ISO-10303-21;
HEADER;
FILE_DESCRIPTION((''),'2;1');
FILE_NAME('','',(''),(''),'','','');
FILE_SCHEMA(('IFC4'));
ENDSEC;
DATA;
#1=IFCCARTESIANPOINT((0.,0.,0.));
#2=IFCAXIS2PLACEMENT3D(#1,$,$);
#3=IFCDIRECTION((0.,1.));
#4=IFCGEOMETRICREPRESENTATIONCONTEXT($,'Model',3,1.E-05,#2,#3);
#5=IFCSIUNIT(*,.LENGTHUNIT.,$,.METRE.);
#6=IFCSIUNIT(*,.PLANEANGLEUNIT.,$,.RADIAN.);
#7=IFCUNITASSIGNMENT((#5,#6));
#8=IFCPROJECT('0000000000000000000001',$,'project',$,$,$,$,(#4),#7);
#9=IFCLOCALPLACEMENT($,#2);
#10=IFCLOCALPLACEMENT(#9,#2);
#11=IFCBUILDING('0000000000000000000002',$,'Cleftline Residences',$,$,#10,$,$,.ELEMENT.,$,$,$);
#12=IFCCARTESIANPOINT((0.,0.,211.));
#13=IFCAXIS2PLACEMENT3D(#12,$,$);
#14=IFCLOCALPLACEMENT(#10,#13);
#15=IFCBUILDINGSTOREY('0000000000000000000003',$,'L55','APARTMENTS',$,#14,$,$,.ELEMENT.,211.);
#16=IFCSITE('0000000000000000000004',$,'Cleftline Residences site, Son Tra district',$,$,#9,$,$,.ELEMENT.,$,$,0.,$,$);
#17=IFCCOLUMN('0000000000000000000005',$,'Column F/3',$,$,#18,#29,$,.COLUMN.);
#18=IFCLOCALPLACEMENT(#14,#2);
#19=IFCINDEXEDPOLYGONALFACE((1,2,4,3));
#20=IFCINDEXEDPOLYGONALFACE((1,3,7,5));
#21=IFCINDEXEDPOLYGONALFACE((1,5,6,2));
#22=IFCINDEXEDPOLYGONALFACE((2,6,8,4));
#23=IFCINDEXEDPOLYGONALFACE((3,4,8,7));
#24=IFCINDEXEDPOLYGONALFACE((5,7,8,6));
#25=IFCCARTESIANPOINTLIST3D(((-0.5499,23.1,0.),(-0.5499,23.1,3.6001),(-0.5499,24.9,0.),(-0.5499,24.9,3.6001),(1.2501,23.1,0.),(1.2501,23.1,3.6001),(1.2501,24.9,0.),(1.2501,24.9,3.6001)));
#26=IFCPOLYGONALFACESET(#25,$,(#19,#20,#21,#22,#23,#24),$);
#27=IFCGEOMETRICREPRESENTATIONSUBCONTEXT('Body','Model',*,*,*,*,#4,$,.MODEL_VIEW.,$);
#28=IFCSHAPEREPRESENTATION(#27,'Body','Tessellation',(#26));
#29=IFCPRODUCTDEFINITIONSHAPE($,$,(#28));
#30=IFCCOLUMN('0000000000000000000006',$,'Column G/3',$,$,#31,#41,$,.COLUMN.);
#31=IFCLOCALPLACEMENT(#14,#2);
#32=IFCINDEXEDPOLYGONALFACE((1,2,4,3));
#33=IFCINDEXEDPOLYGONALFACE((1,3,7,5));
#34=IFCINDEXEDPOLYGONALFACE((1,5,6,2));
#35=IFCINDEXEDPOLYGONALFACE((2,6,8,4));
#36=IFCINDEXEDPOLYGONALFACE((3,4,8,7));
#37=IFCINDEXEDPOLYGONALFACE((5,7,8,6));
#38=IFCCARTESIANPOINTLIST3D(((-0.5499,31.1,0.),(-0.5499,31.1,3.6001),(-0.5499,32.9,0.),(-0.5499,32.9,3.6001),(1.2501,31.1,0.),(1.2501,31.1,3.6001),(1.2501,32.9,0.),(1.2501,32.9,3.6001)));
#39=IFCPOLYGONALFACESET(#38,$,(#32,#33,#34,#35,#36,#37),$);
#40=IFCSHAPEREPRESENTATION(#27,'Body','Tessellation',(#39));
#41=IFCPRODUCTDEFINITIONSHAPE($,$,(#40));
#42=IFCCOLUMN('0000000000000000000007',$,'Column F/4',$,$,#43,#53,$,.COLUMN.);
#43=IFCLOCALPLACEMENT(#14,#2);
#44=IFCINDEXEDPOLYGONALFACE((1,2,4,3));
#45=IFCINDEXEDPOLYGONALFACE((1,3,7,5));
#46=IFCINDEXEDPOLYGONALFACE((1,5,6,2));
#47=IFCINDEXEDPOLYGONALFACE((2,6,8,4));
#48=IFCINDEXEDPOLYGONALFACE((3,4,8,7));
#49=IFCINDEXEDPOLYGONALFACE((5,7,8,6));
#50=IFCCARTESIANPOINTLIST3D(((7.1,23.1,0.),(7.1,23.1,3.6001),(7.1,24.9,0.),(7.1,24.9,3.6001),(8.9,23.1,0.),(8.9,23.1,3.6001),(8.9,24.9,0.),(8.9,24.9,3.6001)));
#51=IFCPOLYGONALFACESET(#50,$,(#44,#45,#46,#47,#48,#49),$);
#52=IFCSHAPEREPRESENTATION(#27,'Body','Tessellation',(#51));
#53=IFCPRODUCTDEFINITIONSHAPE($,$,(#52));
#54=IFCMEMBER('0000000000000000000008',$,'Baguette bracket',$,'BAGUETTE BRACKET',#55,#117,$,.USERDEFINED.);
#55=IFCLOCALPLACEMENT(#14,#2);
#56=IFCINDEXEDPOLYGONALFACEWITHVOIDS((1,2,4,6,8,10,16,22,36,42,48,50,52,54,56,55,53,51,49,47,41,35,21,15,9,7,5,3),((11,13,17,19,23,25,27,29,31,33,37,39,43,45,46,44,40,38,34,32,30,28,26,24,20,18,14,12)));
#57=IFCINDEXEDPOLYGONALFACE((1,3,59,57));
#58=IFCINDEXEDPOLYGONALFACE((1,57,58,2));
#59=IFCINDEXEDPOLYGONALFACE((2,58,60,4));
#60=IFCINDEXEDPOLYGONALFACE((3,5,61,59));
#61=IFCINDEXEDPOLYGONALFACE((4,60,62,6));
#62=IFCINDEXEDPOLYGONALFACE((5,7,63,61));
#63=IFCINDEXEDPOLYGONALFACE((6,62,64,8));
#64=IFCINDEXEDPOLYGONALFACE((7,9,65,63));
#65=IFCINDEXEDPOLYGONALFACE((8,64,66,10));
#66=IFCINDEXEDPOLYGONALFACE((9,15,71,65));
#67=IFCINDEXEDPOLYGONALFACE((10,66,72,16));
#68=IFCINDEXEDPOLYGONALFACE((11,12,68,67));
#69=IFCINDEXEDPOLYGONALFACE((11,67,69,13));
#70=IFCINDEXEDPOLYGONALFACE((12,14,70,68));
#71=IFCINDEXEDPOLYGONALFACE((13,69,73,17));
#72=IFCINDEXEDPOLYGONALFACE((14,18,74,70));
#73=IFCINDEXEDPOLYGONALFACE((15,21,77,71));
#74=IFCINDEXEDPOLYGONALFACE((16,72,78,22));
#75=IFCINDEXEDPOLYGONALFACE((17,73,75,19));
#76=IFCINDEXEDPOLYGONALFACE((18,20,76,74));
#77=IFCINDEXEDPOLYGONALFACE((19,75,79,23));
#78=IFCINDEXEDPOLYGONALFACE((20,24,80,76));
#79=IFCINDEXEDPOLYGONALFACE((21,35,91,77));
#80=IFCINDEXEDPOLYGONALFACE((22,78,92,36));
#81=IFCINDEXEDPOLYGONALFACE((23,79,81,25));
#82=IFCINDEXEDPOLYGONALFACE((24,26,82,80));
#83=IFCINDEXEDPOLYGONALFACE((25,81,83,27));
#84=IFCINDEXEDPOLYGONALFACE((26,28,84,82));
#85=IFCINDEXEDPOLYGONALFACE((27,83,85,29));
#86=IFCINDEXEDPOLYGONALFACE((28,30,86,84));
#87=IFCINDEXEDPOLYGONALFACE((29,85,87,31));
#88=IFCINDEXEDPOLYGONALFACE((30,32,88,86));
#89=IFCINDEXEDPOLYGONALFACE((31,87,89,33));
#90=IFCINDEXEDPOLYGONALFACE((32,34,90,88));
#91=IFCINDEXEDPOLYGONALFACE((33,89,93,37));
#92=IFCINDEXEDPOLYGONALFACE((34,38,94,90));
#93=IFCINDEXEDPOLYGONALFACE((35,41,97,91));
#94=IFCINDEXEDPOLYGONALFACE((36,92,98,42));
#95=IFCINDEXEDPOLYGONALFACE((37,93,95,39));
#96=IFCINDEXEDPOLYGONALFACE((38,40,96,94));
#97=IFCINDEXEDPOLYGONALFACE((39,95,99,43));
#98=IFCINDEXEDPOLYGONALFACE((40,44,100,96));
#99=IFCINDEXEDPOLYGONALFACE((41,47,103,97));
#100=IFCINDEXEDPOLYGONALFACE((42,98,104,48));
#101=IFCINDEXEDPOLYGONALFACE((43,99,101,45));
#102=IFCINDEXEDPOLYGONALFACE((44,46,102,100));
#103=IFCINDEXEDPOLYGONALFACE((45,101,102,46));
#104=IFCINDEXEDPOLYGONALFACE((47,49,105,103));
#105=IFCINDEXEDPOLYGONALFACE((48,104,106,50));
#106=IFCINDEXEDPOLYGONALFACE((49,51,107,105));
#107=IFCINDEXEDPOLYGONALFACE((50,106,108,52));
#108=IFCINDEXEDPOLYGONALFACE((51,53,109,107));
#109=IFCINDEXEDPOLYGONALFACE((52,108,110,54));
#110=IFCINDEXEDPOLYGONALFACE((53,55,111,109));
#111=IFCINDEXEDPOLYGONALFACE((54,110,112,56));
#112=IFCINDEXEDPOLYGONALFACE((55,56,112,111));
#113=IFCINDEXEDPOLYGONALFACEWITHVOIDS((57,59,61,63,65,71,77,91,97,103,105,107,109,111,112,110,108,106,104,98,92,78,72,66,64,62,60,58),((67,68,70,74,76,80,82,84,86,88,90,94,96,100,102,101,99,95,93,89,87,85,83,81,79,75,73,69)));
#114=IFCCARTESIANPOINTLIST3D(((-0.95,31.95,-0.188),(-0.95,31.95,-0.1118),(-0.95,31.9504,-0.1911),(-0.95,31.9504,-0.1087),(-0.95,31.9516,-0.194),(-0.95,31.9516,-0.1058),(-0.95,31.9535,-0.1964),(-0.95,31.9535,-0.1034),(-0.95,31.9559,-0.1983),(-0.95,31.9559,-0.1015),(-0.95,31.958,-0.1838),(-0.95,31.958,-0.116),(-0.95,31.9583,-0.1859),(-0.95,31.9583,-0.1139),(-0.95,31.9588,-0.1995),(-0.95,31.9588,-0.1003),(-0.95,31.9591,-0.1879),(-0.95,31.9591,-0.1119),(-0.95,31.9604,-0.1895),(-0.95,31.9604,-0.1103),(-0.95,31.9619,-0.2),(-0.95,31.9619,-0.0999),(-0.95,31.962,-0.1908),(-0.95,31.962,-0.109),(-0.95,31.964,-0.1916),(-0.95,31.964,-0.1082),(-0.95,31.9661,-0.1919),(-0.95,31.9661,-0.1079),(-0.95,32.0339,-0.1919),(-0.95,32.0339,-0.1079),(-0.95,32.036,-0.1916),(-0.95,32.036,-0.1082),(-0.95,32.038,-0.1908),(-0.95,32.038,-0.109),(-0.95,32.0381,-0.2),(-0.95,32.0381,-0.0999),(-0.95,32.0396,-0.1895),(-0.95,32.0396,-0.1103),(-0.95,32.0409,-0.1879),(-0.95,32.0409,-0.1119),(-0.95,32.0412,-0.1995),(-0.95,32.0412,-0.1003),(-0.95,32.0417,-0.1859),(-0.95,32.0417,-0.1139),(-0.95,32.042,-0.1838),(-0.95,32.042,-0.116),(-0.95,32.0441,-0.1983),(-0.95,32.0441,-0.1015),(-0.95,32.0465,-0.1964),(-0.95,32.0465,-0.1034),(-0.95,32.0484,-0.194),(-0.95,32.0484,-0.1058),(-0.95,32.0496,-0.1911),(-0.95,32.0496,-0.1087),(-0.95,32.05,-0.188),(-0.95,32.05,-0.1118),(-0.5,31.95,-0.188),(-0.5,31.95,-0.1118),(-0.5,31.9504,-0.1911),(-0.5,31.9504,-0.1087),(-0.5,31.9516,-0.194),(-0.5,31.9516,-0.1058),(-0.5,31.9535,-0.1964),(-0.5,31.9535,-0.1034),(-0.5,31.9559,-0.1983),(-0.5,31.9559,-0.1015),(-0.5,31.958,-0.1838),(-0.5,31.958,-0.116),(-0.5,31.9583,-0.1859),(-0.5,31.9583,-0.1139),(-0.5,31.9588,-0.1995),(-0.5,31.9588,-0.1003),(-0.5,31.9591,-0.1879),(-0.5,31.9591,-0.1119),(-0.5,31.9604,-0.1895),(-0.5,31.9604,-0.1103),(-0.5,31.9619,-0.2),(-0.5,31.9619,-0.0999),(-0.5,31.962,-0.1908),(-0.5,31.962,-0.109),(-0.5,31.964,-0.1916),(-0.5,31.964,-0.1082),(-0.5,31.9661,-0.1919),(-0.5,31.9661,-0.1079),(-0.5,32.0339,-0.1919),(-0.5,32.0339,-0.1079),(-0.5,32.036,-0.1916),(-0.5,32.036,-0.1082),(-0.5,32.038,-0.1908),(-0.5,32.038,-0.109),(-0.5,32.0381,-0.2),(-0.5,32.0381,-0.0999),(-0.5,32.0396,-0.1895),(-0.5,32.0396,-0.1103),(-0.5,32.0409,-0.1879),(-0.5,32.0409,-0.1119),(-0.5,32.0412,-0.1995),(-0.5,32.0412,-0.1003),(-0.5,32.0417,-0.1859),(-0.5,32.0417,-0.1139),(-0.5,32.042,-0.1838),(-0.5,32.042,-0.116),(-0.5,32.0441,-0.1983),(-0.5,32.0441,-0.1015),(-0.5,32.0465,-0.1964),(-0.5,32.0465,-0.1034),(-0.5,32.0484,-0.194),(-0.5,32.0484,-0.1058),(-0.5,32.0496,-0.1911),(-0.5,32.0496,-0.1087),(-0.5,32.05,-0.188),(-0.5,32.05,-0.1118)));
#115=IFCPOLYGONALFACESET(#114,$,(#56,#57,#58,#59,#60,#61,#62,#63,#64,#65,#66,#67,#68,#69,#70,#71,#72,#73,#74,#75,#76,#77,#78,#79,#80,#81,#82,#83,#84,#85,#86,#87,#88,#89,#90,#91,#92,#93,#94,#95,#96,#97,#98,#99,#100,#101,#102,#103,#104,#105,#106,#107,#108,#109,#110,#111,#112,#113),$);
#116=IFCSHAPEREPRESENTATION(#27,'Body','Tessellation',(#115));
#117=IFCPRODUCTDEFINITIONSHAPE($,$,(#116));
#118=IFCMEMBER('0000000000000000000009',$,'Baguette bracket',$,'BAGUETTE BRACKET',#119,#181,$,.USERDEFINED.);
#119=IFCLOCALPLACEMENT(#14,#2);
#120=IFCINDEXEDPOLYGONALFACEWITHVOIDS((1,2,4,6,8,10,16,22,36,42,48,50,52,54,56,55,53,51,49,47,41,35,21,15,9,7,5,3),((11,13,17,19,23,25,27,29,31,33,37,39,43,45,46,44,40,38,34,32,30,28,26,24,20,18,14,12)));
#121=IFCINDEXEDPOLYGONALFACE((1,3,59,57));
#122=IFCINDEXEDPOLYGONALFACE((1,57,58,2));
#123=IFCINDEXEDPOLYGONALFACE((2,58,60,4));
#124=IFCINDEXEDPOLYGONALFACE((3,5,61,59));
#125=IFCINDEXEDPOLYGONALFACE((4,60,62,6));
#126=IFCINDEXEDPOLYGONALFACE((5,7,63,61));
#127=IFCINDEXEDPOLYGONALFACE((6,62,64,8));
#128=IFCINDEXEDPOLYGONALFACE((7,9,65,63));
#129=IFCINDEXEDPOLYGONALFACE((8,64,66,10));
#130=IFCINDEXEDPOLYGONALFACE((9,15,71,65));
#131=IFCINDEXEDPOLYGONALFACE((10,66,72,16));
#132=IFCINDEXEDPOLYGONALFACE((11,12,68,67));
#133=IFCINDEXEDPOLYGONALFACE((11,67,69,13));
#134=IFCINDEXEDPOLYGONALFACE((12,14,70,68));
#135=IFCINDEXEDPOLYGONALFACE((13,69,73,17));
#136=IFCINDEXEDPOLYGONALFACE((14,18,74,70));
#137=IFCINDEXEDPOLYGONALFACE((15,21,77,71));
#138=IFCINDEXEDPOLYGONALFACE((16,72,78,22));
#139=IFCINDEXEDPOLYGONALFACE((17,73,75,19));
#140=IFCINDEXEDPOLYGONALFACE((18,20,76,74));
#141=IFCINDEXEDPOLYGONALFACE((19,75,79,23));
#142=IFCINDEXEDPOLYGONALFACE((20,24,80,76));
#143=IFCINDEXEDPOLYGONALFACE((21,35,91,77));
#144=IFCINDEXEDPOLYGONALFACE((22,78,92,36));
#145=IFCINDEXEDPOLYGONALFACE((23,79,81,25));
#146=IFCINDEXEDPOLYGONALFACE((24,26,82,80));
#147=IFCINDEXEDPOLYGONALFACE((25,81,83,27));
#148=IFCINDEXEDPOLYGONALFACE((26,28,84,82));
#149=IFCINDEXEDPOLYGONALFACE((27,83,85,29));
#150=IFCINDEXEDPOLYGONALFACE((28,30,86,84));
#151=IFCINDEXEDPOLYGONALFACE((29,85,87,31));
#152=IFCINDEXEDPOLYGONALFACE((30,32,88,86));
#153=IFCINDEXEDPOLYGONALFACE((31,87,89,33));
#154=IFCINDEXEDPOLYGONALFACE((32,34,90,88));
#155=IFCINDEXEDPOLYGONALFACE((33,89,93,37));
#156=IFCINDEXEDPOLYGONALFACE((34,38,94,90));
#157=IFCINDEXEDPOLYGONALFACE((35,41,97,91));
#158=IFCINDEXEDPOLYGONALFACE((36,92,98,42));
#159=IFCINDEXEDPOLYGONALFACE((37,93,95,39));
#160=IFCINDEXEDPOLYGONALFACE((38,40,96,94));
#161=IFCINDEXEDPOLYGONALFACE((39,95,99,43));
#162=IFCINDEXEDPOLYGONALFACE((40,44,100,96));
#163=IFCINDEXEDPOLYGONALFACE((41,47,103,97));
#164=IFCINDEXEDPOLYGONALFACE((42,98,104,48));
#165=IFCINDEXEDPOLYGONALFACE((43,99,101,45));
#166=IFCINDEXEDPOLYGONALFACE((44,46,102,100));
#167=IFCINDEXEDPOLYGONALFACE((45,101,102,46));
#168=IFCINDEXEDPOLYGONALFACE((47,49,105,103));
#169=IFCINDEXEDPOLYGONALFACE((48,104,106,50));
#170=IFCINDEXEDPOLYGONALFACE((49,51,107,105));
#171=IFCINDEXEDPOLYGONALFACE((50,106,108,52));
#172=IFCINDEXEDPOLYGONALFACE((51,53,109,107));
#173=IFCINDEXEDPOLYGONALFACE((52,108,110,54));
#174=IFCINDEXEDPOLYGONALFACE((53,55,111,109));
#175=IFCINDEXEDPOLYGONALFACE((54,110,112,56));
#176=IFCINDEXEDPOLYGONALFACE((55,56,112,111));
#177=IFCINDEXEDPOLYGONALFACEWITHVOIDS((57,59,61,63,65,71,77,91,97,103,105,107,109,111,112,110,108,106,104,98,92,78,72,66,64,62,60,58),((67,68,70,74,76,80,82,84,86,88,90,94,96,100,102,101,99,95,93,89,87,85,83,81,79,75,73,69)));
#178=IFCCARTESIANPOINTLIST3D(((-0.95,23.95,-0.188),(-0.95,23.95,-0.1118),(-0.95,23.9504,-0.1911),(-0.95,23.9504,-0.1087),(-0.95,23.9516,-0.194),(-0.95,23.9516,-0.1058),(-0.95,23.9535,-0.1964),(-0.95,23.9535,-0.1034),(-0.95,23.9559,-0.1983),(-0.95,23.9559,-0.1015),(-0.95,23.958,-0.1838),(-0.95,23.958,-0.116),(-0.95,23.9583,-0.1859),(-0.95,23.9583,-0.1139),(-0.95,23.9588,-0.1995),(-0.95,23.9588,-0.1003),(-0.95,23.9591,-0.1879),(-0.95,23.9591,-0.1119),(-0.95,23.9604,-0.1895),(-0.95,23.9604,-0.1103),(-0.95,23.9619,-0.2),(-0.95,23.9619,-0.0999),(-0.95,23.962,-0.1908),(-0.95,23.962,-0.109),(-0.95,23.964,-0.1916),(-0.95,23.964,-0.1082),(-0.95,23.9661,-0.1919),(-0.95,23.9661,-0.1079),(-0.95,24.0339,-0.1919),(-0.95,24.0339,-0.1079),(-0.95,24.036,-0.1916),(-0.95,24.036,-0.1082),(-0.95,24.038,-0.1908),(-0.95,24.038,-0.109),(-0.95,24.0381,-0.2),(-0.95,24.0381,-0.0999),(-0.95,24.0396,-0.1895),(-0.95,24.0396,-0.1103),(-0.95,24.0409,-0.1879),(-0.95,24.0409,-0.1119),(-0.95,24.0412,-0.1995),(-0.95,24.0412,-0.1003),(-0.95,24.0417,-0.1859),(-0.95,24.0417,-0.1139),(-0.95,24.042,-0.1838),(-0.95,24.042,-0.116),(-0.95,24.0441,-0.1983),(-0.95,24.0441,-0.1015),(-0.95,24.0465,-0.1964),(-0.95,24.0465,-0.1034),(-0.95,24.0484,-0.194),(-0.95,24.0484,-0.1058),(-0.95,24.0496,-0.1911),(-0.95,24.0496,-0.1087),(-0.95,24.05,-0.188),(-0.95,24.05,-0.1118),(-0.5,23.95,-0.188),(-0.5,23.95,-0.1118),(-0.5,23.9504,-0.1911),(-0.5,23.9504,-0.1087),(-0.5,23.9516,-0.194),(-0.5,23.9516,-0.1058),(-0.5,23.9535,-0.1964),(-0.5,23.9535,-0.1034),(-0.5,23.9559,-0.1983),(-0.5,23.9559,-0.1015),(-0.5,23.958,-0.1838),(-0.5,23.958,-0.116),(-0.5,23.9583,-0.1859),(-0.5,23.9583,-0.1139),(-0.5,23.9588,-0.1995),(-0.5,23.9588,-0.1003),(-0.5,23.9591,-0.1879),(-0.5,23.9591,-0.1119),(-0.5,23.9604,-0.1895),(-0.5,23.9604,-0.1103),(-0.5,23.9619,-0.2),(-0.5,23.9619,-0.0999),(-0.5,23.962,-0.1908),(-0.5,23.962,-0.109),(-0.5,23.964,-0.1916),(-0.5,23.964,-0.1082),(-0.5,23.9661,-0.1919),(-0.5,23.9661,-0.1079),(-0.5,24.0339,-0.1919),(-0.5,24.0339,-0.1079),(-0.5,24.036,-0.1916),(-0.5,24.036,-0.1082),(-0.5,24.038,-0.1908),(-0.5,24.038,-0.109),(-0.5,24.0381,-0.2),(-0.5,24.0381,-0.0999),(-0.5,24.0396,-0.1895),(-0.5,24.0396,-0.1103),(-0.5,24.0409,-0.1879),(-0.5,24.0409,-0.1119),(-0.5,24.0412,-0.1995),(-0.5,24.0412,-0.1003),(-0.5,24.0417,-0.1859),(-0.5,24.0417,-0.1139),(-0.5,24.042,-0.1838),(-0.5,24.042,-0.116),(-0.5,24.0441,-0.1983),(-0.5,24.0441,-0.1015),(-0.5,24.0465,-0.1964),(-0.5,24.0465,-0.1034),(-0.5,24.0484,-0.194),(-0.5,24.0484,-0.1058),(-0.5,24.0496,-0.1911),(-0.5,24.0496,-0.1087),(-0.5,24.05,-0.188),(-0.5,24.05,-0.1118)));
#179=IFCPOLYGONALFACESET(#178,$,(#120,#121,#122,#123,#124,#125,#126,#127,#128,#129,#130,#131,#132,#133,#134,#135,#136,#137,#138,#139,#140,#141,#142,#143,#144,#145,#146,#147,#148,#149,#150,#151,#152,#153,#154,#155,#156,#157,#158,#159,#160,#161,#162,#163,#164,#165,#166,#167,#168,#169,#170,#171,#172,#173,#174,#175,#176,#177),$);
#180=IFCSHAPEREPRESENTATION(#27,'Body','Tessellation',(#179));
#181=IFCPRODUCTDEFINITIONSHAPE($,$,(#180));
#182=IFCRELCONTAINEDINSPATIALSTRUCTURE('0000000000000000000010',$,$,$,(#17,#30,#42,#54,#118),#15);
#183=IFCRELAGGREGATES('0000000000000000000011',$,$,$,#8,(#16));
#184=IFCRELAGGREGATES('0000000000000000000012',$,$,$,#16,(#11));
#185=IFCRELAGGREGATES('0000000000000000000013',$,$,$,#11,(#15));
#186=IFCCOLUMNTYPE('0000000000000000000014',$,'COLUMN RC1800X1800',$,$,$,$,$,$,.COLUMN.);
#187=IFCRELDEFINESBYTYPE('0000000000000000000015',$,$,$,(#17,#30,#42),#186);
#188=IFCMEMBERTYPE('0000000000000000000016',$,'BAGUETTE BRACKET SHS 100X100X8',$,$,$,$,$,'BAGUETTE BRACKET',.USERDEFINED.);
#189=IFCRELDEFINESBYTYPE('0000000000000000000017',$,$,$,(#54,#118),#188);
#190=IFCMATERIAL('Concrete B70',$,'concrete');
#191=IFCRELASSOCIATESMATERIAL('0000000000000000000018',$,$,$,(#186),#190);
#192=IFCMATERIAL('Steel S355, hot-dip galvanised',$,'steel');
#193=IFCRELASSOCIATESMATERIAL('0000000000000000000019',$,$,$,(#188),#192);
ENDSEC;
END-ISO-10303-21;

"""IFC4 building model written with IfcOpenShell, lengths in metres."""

from ifc_helpers import new_model, si_unit, direction, frame, origin, origin_2d, place, context, subcontext, project, spatial, rectangle, hollow_rectangle, extrude, material, material_profile, profile_set, type_object, element, save


model = new_model("IFC4")

# Units and contexts
model_context = context("Model", 3, precision=1e-05, world=origin(), true_north=direction((0.0, 1.0)))
body_context = subcontext(model_context, "Body", "Model", "MODEL_VIEW")
ifc_project = project(units=[si_unit("LENGTHUNIT", "METRE"), si_unit("PLANEANGLEUNIT", "RADIAN")], contexts=[model_context])

# Site, building, storey
site_placement = place(None, origin())
site = spatial("IfcSite", under=ifc_project, at=site_placement, Name="Cleftline Residences site, Son Tra district", CompositionType="ELEMENT", RefElevation=0.0)
building_placement = place(site_placement, origin())
building = spatial("IfcBuilding", under=site, at=building_placement, Name="Cleftline Residences", CompositionType="ELEMENT")
storey_placement = place(building_placement, frame((0.0, 0.0, 211.0)))
storey = spatial("IfcBuildingStorey", under=building, at=storey_placement, Name="L55", Description="APARTMENTS", CompositionType="ELEMENT", Elevation=211.0)

# Columns
ifc_material_1 = material(Name="Concrete B70", Category="concrete")
ifc_material_profile_1 = material_profile(ifc_material_1, rectangle(XDim=1.8, YDim=1.8, at=origin_2d()))
ifc_profile_set_1 = profile_set([ifc_material_profile_1], Name="Concrete B70")
column_type = type_object("IfcColumnType", Name="COLUMN RC1800X1800", PredefinedType="COLUMN", material=ifc_profile_set_1)
for number, where, z_axis, x_axis, name in (
    (1, (0.3501, 24.0, 0.0), (0.0, 0.0, 1.0), (1.0, 0.0, 0.0), "Column F/3"),
    (2, (0.3501, 32.0, 0.0), (0.0, 0.0, 1.0), (1.0, 0.0, 0.0), "Column G/3"),
    (3, (8.0, 24.0, 0.0), (0.0, 0.0, 1.0), (1.0, 0.0, 0.0), "Column F/4"),
):
    element("IfcColumn", number, at=place(storey_placement, frame(where, z_axis=z_axis, x_axis=x_axis)), inside=storey, type_object=column_type, Name=name, PredefinedType="COLUMN", context=body_context, shape_type="SweptSolid", body=[
        extrude(rectangle(XDim=1.8, YDim=1.8, at=origin_2d()), origin(), (0.0, 0.0, 1.0), 3.6001),
    ])

# Members
ifc_material_2 = material(Name="Steel S355, hot-dip galvanised", Category="steel")
ifc_material_profile_2 = material_profile(ifc_material_2, hollow_rectangle(XDim=0.1001, YDim=0.1001, WallThickness=0.0081, InnerFilletRadius=0.0081, OuterFilletRadius=0.012, at=origin_2d()))
ifc_profile_set_2 = profile_set([ifc_material_profile_2], Name="Steel S355, hot-dip galvanised")
member_type_1 = type_object("IfcMemberType", Name="BAGUETTE BRACKET SHS 100X100X8", ElementType="BAGUETTE BRACKET", PredefinedType="USERDEFINED", material=ifc_profile_set_2)
for number, where, z_axis, x_axis, name in (
    (4, (-0.5, 32.0, -0.1499), (-1.0, 0.0, 0.0), (0.0, -1.0, 0.0), "Baguette bracket"),
    (5, (-0.5, 24.0, -0.1499), (-1.0, 0.0, 0.0), (0.0, -1.0, 0.0), "Baguette bracket"),
):
    element("IfcMember", number, at=place(storey_placement, frame(where, z_axis=z_axis, x_axis=x_axis)), inside=storey, type_object=member_type_1, Name=name, ObjectType="BAGUETTE BRACKET", PredefinedType="USERDEFINED", context=body_context, shape_type="SweptSolid", body=[
        extrude(hollow_rectangle(XDim=0.1001, YDim=0.1001, WallThickness=0.0081, InnerFilletRadius=0.0081, OuterFilletRadius=0.012, at=origin_2d()), origin(), (0.0, 0.0, 1.0), 0.45),
    ])

save(model, "model.ifc")
